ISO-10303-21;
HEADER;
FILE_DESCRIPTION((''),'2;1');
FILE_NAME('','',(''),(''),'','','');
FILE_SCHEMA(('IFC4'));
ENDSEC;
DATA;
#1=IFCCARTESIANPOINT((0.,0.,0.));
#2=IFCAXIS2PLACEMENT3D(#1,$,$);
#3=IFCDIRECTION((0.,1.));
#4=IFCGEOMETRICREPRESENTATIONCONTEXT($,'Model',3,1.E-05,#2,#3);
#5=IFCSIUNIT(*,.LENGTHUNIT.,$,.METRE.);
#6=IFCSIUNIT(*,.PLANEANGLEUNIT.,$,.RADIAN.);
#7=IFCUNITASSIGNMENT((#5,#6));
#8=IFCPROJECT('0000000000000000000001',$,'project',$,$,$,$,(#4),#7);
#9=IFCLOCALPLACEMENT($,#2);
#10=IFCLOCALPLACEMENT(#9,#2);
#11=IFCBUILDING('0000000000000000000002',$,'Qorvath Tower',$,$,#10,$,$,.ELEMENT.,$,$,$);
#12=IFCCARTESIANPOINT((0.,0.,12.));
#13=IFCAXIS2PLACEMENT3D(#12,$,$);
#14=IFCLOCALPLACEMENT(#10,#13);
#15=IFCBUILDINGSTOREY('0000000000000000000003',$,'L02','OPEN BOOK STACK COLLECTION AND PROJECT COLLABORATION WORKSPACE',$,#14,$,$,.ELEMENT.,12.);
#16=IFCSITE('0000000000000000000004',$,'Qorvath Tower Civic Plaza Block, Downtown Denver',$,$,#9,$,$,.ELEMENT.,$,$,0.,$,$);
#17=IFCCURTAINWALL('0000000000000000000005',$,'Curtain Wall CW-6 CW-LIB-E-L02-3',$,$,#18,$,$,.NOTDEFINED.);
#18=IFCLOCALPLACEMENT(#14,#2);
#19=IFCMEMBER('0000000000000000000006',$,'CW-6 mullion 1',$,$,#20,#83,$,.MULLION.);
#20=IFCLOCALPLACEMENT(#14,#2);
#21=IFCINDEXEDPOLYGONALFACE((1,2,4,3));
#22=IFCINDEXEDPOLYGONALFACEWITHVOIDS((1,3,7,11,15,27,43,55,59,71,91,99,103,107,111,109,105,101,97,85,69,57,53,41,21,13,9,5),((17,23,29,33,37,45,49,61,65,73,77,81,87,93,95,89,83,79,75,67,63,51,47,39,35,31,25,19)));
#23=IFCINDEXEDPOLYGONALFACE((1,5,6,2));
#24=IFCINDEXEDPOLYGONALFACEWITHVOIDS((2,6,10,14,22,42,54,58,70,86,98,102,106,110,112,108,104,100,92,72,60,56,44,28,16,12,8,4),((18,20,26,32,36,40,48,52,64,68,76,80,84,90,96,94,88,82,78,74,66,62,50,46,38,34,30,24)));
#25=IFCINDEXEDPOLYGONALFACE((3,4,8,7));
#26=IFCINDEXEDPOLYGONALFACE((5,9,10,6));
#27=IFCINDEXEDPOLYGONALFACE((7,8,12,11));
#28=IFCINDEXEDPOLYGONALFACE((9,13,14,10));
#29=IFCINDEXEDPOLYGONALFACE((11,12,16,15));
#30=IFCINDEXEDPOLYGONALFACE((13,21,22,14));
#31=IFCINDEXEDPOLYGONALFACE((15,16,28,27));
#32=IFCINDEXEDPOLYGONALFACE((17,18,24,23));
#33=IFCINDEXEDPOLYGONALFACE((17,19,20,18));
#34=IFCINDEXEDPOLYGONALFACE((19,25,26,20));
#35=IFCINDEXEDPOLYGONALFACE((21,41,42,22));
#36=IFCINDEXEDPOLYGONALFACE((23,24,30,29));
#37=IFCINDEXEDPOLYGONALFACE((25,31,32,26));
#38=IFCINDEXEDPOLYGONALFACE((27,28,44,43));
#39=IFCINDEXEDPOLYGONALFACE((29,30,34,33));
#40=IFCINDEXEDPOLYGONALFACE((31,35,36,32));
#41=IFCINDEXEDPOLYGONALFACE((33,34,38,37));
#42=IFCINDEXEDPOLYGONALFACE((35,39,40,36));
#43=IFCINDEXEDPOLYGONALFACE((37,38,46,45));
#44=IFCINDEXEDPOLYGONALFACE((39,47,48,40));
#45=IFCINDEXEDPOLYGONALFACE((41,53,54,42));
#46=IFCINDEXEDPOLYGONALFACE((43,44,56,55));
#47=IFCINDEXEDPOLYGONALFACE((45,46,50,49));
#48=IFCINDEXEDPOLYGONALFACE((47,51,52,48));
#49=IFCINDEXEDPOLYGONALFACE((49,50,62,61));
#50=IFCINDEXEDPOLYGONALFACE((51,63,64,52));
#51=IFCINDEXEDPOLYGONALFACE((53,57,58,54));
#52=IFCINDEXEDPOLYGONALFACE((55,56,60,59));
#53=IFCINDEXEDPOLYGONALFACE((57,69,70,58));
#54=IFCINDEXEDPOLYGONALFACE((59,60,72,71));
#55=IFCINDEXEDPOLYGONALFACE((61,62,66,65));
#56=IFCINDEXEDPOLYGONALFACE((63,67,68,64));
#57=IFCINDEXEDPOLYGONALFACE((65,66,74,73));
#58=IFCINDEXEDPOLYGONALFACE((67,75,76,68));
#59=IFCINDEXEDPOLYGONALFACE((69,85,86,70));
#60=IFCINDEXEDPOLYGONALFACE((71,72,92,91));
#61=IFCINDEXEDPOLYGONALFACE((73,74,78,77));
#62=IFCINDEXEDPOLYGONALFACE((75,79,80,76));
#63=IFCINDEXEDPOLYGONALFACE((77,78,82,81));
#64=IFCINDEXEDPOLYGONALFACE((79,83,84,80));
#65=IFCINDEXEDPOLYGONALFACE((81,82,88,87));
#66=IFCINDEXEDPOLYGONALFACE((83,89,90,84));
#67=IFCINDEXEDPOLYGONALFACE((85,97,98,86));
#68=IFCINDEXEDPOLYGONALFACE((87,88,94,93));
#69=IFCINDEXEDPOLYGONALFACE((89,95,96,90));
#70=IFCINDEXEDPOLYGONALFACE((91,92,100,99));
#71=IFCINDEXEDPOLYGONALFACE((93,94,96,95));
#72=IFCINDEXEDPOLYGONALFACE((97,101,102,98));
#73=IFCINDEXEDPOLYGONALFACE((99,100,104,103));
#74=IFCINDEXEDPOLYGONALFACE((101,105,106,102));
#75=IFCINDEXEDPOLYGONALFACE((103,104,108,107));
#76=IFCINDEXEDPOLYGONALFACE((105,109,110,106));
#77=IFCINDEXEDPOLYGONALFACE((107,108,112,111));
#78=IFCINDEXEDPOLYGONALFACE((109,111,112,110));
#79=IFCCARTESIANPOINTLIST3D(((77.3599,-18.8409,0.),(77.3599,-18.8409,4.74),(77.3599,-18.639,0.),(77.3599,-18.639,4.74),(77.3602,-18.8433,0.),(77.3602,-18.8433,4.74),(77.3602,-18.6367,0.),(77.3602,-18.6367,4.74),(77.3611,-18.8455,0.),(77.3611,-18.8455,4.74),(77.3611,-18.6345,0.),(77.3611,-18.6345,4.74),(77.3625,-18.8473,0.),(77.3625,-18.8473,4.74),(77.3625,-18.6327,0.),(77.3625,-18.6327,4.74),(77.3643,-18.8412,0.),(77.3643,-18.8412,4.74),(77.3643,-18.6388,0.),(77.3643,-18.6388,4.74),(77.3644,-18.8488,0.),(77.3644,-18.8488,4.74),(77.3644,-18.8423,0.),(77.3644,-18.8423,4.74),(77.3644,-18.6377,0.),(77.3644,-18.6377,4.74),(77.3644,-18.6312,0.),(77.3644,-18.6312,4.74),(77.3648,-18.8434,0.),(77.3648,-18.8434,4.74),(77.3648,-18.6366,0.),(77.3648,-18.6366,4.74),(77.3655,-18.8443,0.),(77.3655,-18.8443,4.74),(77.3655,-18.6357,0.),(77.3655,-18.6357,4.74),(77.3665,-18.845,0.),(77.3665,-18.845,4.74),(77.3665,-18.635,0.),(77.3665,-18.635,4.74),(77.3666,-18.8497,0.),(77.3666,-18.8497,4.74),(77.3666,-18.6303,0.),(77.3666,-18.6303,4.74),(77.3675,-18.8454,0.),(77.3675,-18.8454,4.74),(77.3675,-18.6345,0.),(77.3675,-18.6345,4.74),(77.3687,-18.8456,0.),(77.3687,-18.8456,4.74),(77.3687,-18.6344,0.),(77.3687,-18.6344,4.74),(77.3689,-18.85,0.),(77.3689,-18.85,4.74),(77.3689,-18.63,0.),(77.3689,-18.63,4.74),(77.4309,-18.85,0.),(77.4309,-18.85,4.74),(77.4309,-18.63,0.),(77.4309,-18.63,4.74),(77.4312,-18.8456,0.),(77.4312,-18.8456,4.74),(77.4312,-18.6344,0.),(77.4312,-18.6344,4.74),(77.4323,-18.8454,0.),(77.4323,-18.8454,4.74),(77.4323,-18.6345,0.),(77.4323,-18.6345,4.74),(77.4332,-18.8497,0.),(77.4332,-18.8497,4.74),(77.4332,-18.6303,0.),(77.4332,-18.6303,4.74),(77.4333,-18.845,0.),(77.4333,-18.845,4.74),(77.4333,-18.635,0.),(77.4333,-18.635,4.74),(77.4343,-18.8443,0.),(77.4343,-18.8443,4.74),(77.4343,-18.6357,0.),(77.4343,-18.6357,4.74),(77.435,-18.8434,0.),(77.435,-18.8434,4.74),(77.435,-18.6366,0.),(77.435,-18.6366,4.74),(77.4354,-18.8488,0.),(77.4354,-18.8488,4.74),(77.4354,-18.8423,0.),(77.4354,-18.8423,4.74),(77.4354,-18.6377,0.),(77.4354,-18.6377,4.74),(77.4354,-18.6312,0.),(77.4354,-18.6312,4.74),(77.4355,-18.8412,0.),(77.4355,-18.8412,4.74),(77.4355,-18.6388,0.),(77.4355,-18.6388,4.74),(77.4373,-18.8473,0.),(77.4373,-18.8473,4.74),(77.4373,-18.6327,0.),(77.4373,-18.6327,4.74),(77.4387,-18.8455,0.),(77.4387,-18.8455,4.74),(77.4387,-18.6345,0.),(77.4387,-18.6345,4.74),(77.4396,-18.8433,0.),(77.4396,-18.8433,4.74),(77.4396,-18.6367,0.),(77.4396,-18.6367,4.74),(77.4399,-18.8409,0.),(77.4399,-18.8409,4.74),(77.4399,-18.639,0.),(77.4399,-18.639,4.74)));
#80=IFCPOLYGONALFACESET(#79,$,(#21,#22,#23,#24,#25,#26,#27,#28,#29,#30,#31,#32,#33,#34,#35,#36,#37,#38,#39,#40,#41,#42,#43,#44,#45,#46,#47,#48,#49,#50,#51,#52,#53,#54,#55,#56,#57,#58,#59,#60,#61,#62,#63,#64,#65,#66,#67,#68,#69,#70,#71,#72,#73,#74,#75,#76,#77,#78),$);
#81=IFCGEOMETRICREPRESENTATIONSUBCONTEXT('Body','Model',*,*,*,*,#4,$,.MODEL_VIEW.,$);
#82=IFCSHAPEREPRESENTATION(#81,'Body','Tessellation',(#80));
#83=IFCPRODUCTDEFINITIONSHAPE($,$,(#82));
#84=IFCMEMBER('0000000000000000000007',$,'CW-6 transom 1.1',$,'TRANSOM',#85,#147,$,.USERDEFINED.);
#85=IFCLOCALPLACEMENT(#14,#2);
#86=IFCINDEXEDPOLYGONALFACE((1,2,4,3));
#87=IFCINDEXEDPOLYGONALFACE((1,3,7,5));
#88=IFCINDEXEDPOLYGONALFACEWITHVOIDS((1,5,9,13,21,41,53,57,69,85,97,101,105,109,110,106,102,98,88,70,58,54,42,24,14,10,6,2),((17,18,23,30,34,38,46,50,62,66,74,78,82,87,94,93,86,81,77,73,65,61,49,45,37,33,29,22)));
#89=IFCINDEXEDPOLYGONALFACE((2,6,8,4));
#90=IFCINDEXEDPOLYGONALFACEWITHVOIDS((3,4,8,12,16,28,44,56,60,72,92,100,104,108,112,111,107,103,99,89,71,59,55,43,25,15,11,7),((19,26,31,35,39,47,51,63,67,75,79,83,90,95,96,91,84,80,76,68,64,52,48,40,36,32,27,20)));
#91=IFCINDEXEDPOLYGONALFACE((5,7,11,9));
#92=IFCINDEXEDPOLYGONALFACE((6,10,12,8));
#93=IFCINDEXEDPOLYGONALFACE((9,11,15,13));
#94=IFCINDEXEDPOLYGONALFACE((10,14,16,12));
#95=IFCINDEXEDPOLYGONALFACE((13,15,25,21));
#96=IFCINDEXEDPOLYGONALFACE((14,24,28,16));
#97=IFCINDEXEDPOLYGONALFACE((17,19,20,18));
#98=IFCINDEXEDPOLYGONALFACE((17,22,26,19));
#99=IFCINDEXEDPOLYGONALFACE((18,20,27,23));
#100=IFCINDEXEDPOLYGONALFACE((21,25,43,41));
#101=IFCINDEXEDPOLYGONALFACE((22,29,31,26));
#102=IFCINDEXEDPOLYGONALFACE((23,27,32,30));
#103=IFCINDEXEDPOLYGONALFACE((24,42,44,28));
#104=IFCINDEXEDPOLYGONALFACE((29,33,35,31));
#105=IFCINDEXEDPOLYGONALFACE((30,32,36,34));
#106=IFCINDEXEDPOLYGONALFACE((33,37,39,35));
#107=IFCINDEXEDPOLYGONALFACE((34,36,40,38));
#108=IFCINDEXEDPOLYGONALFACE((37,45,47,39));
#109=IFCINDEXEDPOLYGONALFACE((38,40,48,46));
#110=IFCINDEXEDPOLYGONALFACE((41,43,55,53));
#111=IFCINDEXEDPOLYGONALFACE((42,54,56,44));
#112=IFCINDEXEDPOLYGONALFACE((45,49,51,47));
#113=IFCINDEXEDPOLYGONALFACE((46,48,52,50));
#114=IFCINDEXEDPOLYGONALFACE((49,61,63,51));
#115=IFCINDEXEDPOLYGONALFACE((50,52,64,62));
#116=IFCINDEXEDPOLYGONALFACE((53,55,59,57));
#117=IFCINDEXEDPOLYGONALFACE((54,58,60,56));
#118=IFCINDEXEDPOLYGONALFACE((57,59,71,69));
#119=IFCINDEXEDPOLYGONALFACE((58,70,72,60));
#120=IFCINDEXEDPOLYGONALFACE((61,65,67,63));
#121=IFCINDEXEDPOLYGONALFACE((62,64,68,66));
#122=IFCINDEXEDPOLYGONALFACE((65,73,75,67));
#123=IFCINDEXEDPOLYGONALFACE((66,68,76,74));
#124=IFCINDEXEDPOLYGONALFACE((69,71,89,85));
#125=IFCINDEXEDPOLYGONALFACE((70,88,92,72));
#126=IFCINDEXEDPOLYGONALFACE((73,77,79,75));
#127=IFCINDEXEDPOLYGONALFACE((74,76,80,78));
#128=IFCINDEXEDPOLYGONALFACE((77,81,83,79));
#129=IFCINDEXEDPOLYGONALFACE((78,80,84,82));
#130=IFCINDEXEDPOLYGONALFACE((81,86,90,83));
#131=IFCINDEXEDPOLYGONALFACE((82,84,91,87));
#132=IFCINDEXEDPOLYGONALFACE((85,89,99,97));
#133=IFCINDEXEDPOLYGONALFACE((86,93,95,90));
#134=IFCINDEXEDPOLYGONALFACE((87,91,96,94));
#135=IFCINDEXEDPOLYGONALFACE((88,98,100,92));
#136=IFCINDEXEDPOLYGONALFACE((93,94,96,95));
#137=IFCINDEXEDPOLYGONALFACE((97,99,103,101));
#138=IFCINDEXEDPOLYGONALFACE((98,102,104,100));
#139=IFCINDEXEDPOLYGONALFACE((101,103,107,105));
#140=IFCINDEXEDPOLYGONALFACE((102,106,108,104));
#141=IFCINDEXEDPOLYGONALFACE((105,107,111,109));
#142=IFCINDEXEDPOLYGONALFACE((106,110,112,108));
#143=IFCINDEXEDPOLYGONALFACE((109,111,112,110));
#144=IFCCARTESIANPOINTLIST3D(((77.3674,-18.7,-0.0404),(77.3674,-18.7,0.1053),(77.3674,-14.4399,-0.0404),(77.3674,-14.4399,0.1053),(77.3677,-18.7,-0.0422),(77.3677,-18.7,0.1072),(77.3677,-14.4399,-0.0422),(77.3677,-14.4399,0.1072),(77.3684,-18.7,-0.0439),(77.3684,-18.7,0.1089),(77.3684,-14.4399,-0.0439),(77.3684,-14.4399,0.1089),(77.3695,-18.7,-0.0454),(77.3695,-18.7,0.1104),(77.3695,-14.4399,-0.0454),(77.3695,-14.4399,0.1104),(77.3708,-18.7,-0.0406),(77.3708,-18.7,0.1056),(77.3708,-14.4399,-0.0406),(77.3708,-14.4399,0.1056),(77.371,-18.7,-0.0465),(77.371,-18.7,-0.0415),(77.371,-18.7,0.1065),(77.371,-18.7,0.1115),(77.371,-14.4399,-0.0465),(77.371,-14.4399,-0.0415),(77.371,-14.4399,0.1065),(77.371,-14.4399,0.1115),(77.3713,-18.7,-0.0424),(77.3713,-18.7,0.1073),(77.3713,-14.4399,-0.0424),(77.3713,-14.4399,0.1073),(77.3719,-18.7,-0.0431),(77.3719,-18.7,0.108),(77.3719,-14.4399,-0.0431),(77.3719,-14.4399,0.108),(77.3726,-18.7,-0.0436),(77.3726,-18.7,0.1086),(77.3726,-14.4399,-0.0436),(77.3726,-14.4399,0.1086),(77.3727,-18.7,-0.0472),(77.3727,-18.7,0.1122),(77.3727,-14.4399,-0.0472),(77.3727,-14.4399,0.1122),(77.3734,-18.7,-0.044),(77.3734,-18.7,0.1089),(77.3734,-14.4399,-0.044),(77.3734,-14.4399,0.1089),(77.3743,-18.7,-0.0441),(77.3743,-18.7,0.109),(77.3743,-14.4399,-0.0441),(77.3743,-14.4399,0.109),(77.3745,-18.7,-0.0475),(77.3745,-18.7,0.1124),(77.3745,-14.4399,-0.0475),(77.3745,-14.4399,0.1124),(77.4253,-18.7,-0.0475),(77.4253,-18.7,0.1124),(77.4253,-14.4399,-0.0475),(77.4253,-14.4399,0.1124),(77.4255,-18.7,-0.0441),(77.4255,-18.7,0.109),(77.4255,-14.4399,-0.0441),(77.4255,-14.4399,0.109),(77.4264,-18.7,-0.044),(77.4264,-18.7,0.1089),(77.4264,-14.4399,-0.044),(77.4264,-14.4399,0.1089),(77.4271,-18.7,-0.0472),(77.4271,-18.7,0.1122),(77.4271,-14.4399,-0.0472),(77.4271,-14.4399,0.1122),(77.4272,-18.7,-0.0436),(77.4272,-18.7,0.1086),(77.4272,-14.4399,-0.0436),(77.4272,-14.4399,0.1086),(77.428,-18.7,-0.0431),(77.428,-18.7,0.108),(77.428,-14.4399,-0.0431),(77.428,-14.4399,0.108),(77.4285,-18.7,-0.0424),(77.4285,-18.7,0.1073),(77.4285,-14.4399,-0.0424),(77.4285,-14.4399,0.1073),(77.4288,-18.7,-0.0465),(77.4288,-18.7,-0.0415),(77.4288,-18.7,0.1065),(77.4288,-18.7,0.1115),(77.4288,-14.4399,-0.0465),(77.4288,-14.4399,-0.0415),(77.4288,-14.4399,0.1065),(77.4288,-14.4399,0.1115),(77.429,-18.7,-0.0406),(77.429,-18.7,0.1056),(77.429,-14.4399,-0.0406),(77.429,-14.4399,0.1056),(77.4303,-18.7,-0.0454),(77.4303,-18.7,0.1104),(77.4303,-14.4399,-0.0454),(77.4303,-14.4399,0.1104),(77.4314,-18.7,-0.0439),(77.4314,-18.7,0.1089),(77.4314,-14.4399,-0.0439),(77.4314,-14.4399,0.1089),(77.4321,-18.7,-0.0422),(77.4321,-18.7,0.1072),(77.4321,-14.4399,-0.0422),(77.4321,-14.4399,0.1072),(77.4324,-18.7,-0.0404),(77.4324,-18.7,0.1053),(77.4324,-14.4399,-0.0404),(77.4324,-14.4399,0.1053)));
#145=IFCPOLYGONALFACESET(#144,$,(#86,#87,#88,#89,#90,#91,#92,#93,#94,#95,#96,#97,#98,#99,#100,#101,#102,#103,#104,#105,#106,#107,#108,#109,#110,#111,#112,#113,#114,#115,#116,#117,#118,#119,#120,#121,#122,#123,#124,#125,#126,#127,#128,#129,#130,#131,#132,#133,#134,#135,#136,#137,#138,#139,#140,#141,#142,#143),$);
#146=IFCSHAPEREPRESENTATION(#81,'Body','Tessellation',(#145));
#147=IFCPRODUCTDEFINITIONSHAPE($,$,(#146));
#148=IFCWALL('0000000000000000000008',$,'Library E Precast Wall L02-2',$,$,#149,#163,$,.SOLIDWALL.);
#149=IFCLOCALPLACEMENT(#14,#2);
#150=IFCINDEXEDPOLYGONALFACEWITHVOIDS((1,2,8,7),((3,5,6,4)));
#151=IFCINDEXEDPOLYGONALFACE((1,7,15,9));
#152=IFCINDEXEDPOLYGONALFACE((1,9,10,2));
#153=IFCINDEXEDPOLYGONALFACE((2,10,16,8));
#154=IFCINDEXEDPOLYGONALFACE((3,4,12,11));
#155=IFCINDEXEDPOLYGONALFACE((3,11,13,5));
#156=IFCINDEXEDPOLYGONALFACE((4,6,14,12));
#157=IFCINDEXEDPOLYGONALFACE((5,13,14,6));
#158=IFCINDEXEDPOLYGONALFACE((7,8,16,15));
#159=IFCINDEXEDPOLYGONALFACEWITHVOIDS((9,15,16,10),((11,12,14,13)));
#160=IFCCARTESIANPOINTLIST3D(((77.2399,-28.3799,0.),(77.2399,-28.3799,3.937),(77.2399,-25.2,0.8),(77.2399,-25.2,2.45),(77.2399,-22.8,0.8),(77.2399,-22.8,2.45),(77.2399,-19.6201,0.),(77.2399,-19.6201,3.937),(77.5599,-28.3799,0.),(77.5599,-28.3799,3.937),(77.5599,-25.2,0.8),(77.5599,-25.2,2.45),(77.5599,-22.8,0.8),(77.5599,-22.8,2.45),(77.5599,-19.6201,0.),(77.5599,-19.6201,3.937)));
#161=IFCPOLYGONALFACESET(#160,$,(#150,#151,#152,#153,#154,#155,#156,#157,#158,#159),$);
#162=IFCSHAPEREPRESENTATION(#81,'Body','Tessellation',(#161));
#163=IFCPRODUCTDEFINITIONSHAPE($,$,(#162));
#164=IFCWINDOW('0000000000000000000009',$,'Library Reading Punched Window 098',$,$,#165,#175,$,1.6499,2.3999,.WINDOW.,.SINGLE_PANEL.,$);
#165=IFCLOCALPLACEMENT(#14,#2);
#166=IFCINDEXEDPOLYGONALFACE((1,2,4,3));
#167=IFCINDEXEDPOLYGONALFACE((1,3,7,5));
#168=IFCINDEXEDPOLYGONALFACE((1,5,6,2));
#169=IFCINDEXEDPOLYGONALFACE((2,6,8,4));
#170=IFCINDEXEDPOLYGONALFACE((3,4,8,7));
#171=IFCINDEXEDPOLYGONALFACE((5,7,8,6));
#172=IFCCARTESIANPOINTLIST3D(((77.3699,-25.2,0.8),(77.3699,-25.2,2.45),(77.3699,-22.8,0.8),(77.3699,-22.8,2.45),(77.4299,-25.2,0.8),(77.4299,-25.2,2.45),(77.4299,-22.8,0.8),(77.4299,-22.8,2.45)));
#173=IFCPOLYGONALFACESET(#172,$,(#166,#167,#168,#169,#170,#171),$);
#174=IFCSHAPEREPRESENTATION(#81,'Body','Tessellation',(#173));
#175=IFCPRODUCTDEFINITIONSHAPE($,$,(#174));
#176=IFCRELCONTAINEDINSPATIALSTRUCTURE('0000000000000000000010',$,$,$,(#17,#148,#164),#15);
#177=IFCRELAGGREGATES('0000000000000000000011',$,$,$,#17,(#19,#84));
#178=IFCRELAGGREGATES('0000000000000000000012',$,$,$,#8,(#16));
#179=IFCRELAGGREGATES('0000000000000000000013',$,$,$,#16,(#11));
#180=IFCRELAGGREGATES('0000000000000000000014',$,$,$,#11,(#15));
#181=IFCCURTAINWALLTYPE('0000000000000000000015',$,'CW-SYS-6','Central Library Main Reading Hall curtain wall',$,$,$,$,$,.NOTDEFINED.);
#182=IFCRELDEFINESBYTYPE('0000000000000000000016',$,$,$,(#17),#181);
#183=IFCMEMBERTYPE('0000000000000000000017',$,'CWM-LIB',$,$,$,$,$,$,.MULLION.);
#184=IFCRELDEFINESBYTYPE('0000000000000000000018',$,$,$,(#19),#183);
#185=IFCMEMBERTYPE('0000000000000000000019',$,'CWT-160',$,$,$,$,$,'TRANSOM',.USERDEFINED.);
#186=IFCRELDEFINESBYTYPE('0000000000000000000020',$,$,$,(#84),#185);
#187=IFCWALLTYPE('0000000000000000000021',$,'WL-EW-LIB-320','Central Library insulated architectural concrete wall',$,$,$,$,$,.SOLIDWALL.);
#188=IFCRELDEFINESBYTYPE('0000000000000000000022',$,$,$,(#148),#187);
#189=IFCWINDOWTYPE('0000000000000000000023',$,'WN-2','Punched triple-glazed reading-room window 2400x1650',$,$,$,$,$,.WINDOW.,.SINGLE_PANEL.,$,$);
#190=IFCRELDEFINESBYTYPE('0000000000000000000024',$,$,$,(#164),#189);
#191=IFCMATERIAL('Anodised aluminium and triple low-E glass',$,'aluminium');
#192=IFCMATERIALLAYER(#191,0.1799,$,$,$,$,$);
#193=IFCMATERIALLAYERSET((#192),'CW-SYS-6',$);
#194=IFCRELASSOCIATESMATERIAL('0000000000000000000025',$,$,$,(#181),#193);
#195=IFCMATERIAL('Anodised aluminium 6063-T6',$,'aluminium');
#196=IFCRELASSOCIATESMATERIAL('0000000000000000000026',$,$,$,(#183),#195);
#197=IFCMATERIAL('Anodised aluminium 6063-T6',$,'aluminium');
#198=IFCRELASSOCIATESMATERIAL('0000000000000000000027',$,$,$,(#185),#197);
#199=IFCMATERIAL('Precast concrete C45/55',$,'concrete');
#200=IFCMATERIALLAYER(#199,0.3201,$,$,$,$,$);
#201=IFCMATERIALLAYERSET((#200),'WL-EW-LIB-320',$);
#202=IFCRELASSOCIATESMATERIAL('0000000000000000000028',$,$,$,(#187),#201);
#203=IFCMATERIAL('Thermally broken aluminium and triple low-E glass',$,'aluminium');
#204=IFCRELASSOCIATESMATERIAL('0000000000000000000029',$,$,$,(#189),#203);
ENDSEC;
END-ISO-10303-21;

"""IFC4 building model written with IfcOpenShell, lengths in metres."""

from ifc_helpers import new_model, si_unit, direction, frame, frame_2d, origin, origin_2d, place, context, subcontext, project, spatial, rectangle, hollow_rectangle, extrude, material, layer, layer_set, material_profile, profile_set, type_object, element, fill, aggregate, save


model = new_model("IFC4")

# Units and contexts
model_context = context("Model", 3, precision=1e-05, world=origin(), true_north=direction((0.0, 1.0)))
body_context = subcontext(model_context, "Body", "Model", "MODEL_VIEW")
ifc_project = project(units=[si_unit("LENGTHUNIT", "METRE"), si_unit("PLANEANGLEUNIT", "RADIAN")], contexts=[model_context])

# Site, building, storey
site_placement = place(None, origin())
site = spatial("IfcSite", under=ifc_project, at=site_placement, Name="Qorvath Tower Civic Plaza Block, Downtown Denver", CompositionType="ELEMENT", RefElevation=0.0)
building_placement = place(site_placement, origin())
building = spatial("IfcBuilding", under=site, at=building_placement, Name="Qorvath Tower", CompositionType="ELEMENT")
storey_placement = place(building_placement, frame((0.0, 0.0, 12.0)))
storey = spatial("IfcBuildingStorey", under=building, at=storey_placement, Name="L02", Description="OPEN BOOK STACK COLLECTION AND PROJECT COLLABORATION WORKSPACE", CompositionType="ELEMENT", Elevation=12.0)

# Curtain wall, members
ifc_material_1 = material(Name="Anodised aluminium and triple low-E glass", Category="aluminium")
ifc_layer_1 = layer(ifc_material_1, 0.1799)
ifc_layer_set_1 = layer_set([ifc_layer_1], Name="CW-SYS-6")
curtain_wall_type = type_object("IfcCurtainWallType", Name="CW-SYS-6", Description="Central Library Main Reading Hall curtain wall", PredefinedType="NOTDEFINED", material=ifc_layer_set_1)
curtain_wall_placement = place(storey_placement, origin())
curtain_wall = element("IfcCurtainWall", 1, at=curtain_wall_placement, inside=storey, type_object=curtain_wall_type, Name="Curtain Wall CW-6 CW-LIB-E-L02-3", PredefinedType="NOTDEFINED")
ifc_material_2 = material(Name="Anodised aluminium 6063-T6", Category="aluminium")
ifc_material_profile_1 = material_profile(ifc_material_2, hollow_rectangle(XDim=0.0801, YDim=0.22, WallThickness=0.0044, InnerFilletRadius=0.0044, OuterFilletRadius=0.009, at=origin_2d()), Name="CWM LIB 220x80")
ifc_profile_set_1 = profile_set([ifc_material_profile_1], Name="Anodised aluminium 6063-T6")
member_type_1 = type_object("IfcMemberType", Name="CWM-LIB", PredefinedType="MULLION", material=ifc_profile_set_1)
member_1_placement = place(storey_placement, frame((77.3999, -18.74, 0.0), z_axis=(0.0, 0.0, 1.0), x_axis=(-1.0, 0.0, 0.0)))
member_1 = element("IfcMember", 2, at=member_1_placement, type_object=member_type_1, Name="CW-6 mullion 1", PredefinedType="MULLION", context=body_context, shape_type="SweptSolid", body=[
    extrude(hollow_rectangle(XDim=0.0801, YDim=0.22, WallThickness=0.0044, InnerFilletRadius=0.0044, OuterFilletRadius=0.009, at=origin_2d()), origin(), (0.0, 0.0, 1.0), 4.74),
])
ifc_material_3 = material(Name="Anodised aluminium 6063-T6", Category="aluminium")
ifc_material_profile_2 = material_profile(ifc_material_3, hollow_rectangle(XDim=0.0649, YDim=0.1599, WallThickness=0.0034, InnerFilletRadius=0.0034, OuterFilletRadius=0.0071, at=origin_2d()), Name="CWT 160x65")
ifc_profile_set_2 = profile_set([ifc_material_profile_2], Name="Anodised aluminium 6063-T6")
member_type_2 = type_object("IfcMemberType", Name="CWT-160", ElementType="TRANSOM", PredefinedType="USERDEFINED", material=ifc_profile_set_2)
member_2_placement = place(storey_placement, frame((77.3999, -18.7, 0.0325), z_axis=(0.0, 1.0, 0.0), x_axis=(-1.0, 0.0, 0.0)))
member_2 = element("IfcMember", 3, at=member_2_placement, type_object=member_type_2, Name="CW-6 transom 1.1", ObjectType="TRANSOM", PredefinedType="USERDEFINED", context=body_context, shape_type="SweptSolid", body=[
    extrude(hollow_rectangle(XDim=0.0649, YDim=0.1599, WallThickness=0.0034, InnerFilletRadius=0.0034, OuterFilletRadius=0.0071, at=origin_2d()), origin(), (0.0, 0.0, 1.0), 4.26),
])
aggregate(curtain_wall, [member_1, member_2])

# Wall, opening, window
ifc_material_4 = material(Name="Precast concrete C45/55", Category="concrete")
ifc_layer_2 = layer(ifc_material_4, 0.3201)
ifc_layer_set_2 = layer_set([ifc_layer_2], Name="WL-EW-LIB-320")
wall_type = type_object("IfcWallType", Name="WL-EW-LIB-320", Description="Central Library insulated architectural concrete wall", PredefinedType="SOLIDWALL", material=ifc_layer_set_2)
wall_placement = place(storey_placement, frame((77.3999, -19.6201, 0.0), z_axis=(0.0, 0.0, 1.0), x_axis=(0.0, -1.0, 0.0)))
wall = element("IfcWall", 4, at=wall_placement, inside=storey, type_object=wall_type, Name="Library E Precast Wall L02-2", PredefinedType="SOLIDWALL", context=body_context, shape_type="SweptSolid", body=[
    extrude(rectangle(XDim=8.7598, YDim=0.3201, at=frame_2d((4.3799, 0.0))), origin(), (0.0, 0.0, 1.0), 3.937),
])
opening_placement = place(wall_placement, frame((3.1799, 0.0, 0.8)))
opening = element("IfcOpeningElement", 5, at=opening_placement, cuts=wall, PredefinedType="OPENING", context=body_context, shape_type="SweptSolid", body=[
    extrude(rectangle(XDim=2.3999, YDim=1.6499, at=frame_2d((1.2, 0.825))), frame((0.0, 0.1699, 0.0), z_axis=(0.0, -1.0, 0.0), x_axis=(1.0, 0.0, 0.0)), (0.0, 0.0, 1.0), 0.3401),
])
ifc_material_5 = material(Name="Thermally broken aluminium and triple low-E glass", Category="aluminium")
window_type = type_object("IfcWindowType", Name="WN-2", Description="Punched triple-glazed reading-room window 2400x1650", PartitioningType="SINGLE_PANEL", PredefinedType="WINDOW", material=ifc_material_5)
window_placement = place(opening_placement, origin())
window = element("IfcWindow", 6, at=window_placement, inside=storey, type_object=window_type, Name="Library Reading Punched Window 098", OverallHeight=1.6499, OverallWidth=2.3999, PartitioningType="SINGLE_PANEL", PredefinedType="WINDOW", context=body_context, shape_type="SweptSolid", body=[
    extrude(rectangle(XDim=2.3999, YDim=1.6499, at=frame_2d((1.2, 0.825))), frame((0.0, 0.03, 0.0), z_axis=(0.0, -1.0, 0.0), x_axis=(1.0, 0.0, 0.0)), (0.0, 0.0, 1.0), 0.0601),
])
fill(opening, window)

save(model, "model.ifc")
